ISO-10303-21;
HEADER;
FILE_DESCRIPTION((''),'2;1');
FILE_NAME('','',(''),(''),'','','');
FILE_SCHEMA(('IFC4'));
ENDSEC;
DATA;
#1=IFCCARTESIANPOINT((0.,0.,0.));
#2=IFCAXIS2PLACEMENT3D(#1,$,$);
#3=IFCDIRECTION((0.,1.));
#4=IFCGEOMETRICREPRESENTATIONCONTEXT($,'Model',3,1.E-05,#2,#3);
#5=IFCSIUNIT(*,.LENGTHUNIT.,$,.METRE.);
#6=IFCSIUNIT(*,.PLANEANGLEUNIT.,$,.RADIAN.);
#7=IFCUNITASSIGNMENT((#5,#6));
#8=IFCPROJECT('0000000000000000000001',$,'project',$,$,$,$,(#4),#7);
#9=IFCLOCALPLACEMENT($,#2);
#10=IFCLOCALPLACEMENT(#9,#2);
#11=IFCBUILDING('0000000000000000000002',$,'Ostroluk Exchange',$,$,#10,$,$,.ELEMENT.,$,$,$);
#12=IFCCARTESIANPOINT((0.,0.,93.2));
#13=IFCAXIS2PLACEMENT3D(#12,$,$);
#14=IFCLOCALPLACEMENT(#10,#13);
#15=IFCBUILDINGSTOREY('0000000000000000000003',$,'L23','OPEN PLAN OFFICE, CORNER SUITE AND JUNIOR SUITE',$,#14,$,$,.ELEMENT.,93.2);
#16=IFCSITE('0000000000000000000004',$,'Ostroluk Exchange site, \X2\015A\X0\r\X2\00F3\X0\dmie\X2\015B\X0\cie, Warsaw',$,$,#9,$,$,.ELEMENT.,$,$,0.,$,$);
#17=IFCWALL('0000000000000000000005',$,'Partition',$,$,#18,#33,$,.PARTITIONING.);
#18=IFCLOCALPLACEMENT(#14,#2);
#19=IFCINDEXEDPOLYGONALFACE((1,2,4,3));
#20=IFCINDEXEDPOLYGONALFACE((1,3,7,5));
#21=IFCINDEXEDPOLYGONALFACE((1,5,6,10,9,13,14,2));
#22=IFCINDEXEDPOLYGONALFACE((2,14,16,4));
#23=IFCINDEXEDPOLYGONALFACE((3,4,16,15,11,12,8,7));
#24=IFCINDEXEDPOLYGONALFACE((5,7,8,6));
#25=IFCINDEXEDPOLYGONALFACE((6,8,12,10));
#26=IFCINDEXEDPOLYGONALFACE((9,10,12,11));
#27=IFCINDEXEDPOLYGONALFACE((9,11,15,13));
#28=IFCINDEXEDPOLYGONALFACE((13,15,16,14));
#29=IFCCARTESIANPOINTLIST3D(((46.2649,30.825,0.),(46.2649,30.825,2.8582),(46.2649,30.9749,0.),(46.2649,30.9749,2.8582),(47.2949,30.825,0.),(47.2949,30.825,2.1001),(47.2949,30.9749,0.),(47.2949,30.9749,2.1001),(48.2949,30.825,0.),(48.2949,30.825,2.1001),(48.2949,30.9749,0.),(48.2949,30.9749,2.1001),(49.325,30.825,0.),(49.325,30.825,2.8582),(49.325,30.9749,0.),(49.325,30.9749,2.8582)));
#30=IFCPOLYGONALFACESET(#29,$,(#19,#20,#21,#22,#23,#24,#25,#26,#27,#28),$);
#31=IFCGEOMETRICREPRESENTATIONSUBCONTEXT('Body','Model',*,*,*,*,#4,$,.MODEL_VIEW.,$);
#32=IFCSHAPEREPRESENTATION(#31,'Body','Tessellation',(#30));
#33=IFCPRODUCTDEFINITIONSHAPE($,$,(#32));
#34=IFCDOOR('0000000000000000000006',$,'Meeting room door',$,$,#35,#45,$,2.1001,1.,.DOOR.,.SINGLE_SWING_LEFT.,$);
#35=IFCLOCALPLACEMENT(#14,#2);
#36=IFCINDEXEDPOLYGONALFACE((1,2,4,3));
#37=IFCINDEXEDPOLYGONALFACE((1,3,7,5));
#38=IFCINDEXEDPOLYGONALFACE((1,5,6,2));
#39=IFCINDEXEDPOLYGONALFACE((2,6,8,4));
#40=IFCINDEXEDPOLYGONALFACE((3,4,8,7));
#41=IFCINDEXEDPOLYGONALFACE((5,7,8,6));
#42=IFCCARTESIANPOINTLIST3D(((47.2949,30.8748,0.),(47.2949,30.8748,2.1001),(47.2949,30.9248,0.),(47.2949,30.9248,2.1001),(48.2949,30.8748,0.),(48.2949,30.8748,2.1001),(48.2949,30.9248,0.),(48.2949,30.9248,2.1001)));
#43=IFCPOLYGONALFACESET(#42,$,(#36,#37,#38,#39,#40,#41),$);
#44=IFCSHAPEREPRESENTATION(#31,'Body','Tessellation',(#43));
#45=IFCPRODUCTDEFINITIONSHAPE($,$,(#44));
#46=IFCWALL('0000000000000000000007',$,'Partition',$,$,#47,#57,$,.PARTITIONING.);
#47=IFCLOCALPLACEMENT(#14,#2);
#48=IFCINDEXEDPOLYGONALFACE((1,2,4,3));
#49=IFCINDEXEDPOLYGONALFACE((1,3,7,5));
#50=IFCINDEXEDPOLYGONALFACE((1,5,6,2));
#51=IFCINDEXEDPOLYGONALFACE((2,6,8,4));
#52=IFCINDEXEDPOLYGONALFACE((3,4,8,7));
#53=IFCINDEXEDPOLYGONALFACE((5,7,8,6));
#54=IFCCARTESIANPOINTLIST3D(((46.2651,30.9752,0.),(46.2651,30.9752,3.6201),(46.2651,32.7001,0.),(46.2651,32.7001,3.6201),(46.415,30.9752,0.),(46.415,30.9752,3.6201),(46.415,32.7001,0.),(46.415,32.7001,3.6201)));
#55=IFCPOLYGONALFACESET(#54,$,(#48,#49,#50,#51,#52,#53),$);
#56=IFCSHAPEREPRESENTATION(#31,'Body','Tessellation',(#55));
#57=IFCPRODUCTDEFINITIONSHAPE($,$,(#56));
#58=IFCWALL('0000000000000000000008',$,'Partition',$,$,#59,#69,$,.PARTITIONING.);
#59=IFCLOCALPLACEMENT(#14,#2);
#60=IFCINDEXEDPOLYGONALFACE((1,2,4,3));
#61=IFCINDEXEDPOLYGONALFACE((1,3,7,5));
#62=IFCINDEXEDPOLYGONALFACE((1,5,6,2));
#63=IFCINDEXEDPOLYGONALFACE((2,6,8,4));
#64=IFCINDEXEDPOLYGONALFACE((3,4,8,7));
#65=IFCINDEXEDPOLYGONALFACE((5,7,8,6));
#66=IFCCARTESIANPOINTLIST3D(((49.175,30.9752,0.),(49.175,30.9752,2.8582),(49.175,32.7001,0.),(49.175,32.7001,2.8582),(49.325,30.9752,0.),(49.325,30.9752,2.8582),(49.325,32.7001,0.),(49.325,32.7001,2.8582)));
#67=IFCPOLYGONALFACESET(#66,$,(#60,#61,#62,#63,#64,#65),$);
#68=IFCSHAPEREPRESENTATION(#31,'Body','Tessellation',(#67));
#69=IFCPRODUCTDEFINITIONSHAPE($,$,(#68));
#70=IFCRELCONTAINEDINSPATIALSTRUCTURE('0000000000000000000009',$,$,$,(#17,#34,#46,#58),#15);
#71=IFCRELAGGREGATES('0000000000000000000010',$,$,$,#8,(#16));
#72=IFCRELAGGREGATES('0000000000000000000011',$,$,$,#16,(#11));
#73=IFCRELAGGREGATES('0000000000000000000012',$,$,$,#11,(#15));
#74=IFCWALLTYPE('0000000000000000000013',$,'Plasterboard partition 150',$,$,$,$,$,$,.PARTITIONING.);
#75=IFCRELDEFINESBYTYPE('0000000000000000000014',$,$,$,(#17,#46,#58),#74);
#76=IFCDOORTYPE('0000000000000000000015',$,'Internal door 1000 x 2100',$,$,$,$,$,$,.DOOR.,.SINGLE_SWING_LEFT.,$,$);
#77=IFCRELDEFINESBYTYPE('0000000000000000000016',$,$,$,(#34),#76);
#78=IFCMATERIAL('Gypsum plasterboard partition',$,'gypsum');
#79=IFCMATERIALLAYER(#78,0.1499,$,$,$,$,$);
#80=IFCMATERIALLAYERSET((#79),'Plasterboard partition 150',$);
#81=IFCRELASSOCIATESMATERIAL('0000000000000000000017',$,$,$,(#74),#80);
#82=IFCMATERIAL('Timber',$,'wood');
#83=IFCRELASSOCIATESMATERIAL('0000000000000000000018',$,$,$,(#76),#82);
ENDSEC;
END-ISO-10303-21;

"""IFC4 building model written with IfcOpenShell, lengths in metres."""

from ifc_helpers import new_model, si_unit, direction, frame, frame_2d, origin, place, context, subcontext, project, spatial, rectangle, extrude, material, layer, layer_set, type_object, element, fill, save


model = new_model("IFC4")

# Units and contexts
model_context = context("Model", 3, precision=1e-05, world=origin(), true_north=direction((0.0, 1.0)))
body_context = subcontext(model_context, "Body", "Model", "MODEL_VIEW")
ifc_project = project(units=[si_unit("LENGTHUNIT", "METRE"), si_unit("PLANEANGLEUNIT", "RADIAN")], contexts=[model_context])

# Site, building, storey
site_placement = place(None, origin())
site = spatial("IfcSite", under=ifc_project, at=site_placement, Name="Ostroluk Exchange site, Śródmieście, Warsaw", CompositionType="ELEMENT", RefElevation=0.0)
building_placement = place(site_placement, origin())
building = spatial("IfcBuilding", under=site, at=building_placement, Name="Ostroluk Exchange", CompositionType="ELEMENT")
storey_placement = place(building_placement, frame((0.0, 0.0, 93.2)))
storey = spatial("IfcBuildingStorey", under=building, at=storey_placement, Name="L23", Description="OPEN PLAN OFFICE, CORNER SUITE AND JUNIOR SUITE", CompositionType="ELEMENT", Elevation=93.2)

# Wall, opening, door
ifc_material_1 = material(Name="Gypsum plasterboard partition", Category="gypsum")
ifc_layer_1 = layer(ifc_material_1, 0.1499)
ifc_layer_set_1 = layer_set([ifc_layer_1], Name="Plasterboard partition 150")
wall_type_1 = type_object("IfcWallType", Name="Plasterboard partition 150", PredefinedType="PARTITIONING", material=ifc_layer_set_1)
wall_1_placement = place(storey_placement, frame((46.2649, 30.8999, 0.0), z_axis=(0.0, 0.0, 1.0), x_axis=(1.0, 0.0, 0.0)))
wall_1 = element("IfcWall", 1, at=wall_1_placement, inside=storey, type_object=wall_type_1, Name="Partition", PredefinedType="PARTITIONING", context=body_context, shape_type="SweptSolid", body=[
    extrude(rectangle(XDim=3.0601, YDim=0.1499, at=frame_2d((1.53, 0.0))), origin(), (0.0, 0.0, 1.0), 2.8582),
])
opening_1_placement = place(wall_1_placement, frame((1.03, 0.0, 0.0)))
opening_1 = element("IfcOpeningElement", 2, at=opening_1_placement, cuts=wall_1, PredefinedType="OPENING", context=body_context, shape_type="SweptSolid", body=[
    extrude(rectangle(XDim=1.0, YDim=2.1001, at=frame_2d((0.5, 1.05))), frame((0.0, 0.085, 0.0), z_axis=(0.0, -1.0, 0.0), x_axis=(1.0, 0.0, 0.0)), (0.0, 0.0, 1.0), 0.1699),
])
ifc_material_2 = material(Name="Timber", Category="wood")
door_type_1 = type_object("IfcDoorType", Name="Internal door 1000 x 2100", OperationType="SINGLE_SWING_LEFT", PredefinedType="DOOR", material=ifc_material_2)
door_1_placement = place(opening_1_placement, origin())
door_1 = element("IfcDoor", 3, at=door_1_placement, inside=storey, type_object=door_type_1, Name="Meeting room door", OperationType="SINGLE_SWING_LEFT", OverallHeight=2.1001, OverallWidth=1.0, PredefinedType="DOOR", context=body_context, shape_type="SweptSolid", body=[
    extrude(rectangle(XDim=1.0, YDim=2.1001, at=frame_2d((0.5, 1.05))), frame((0.0, 0.0249, 0.0), z_axis=(0.0, -1.0, 0.0), x_axis=(1.0, 0.0, 0.0)), (0.0, 0.0, 1.0), 0.05),
])
fill(opening_1, door_1)

# Walls
wall_2_placement = place(storey_placement, frame((46.3401, 32.7, 0.0), z_axis=(0.0, 0.0, 1.0), x_axis=(0.0, -1.0, 0.0)))
element("IfcWall", 4, at=wall_2_placement, inside=storey, type_object=wall_type_1, Name="Partition", PredefinedType="PARTITIONING", context=body_context, shape_type="SweptSolid", body=[
    extrude(rectangle(XDim=1.7249, YDim=0.1499, at=frame_2d((0.8623, 0.0))), origin(), (0.0, 0.0, 1.0), 3.6201),
])
wall_3_placement = place(storey_placement, frame((49.25, 32.7, 0.0), z_axis=(0.0, 0.0, 1.0), x_axis=(0.0, -1.0, 0.0)))
element("IfcWall", 5, at=wall_3_placement, inside=storey, type_object=wall_type_1, Name="Partition", PredefinedType="PARTITIONING", context=body_context, shape_type="SweptSolid", body=[
    extrude(rectangle(XDim=1.7249, YDim=0.1499, at=frame_2d((0.8623, 0.0))), origin(), (0.0, 0.0, 1.0), 2.8582),
])

save(model, "model.ifc")
